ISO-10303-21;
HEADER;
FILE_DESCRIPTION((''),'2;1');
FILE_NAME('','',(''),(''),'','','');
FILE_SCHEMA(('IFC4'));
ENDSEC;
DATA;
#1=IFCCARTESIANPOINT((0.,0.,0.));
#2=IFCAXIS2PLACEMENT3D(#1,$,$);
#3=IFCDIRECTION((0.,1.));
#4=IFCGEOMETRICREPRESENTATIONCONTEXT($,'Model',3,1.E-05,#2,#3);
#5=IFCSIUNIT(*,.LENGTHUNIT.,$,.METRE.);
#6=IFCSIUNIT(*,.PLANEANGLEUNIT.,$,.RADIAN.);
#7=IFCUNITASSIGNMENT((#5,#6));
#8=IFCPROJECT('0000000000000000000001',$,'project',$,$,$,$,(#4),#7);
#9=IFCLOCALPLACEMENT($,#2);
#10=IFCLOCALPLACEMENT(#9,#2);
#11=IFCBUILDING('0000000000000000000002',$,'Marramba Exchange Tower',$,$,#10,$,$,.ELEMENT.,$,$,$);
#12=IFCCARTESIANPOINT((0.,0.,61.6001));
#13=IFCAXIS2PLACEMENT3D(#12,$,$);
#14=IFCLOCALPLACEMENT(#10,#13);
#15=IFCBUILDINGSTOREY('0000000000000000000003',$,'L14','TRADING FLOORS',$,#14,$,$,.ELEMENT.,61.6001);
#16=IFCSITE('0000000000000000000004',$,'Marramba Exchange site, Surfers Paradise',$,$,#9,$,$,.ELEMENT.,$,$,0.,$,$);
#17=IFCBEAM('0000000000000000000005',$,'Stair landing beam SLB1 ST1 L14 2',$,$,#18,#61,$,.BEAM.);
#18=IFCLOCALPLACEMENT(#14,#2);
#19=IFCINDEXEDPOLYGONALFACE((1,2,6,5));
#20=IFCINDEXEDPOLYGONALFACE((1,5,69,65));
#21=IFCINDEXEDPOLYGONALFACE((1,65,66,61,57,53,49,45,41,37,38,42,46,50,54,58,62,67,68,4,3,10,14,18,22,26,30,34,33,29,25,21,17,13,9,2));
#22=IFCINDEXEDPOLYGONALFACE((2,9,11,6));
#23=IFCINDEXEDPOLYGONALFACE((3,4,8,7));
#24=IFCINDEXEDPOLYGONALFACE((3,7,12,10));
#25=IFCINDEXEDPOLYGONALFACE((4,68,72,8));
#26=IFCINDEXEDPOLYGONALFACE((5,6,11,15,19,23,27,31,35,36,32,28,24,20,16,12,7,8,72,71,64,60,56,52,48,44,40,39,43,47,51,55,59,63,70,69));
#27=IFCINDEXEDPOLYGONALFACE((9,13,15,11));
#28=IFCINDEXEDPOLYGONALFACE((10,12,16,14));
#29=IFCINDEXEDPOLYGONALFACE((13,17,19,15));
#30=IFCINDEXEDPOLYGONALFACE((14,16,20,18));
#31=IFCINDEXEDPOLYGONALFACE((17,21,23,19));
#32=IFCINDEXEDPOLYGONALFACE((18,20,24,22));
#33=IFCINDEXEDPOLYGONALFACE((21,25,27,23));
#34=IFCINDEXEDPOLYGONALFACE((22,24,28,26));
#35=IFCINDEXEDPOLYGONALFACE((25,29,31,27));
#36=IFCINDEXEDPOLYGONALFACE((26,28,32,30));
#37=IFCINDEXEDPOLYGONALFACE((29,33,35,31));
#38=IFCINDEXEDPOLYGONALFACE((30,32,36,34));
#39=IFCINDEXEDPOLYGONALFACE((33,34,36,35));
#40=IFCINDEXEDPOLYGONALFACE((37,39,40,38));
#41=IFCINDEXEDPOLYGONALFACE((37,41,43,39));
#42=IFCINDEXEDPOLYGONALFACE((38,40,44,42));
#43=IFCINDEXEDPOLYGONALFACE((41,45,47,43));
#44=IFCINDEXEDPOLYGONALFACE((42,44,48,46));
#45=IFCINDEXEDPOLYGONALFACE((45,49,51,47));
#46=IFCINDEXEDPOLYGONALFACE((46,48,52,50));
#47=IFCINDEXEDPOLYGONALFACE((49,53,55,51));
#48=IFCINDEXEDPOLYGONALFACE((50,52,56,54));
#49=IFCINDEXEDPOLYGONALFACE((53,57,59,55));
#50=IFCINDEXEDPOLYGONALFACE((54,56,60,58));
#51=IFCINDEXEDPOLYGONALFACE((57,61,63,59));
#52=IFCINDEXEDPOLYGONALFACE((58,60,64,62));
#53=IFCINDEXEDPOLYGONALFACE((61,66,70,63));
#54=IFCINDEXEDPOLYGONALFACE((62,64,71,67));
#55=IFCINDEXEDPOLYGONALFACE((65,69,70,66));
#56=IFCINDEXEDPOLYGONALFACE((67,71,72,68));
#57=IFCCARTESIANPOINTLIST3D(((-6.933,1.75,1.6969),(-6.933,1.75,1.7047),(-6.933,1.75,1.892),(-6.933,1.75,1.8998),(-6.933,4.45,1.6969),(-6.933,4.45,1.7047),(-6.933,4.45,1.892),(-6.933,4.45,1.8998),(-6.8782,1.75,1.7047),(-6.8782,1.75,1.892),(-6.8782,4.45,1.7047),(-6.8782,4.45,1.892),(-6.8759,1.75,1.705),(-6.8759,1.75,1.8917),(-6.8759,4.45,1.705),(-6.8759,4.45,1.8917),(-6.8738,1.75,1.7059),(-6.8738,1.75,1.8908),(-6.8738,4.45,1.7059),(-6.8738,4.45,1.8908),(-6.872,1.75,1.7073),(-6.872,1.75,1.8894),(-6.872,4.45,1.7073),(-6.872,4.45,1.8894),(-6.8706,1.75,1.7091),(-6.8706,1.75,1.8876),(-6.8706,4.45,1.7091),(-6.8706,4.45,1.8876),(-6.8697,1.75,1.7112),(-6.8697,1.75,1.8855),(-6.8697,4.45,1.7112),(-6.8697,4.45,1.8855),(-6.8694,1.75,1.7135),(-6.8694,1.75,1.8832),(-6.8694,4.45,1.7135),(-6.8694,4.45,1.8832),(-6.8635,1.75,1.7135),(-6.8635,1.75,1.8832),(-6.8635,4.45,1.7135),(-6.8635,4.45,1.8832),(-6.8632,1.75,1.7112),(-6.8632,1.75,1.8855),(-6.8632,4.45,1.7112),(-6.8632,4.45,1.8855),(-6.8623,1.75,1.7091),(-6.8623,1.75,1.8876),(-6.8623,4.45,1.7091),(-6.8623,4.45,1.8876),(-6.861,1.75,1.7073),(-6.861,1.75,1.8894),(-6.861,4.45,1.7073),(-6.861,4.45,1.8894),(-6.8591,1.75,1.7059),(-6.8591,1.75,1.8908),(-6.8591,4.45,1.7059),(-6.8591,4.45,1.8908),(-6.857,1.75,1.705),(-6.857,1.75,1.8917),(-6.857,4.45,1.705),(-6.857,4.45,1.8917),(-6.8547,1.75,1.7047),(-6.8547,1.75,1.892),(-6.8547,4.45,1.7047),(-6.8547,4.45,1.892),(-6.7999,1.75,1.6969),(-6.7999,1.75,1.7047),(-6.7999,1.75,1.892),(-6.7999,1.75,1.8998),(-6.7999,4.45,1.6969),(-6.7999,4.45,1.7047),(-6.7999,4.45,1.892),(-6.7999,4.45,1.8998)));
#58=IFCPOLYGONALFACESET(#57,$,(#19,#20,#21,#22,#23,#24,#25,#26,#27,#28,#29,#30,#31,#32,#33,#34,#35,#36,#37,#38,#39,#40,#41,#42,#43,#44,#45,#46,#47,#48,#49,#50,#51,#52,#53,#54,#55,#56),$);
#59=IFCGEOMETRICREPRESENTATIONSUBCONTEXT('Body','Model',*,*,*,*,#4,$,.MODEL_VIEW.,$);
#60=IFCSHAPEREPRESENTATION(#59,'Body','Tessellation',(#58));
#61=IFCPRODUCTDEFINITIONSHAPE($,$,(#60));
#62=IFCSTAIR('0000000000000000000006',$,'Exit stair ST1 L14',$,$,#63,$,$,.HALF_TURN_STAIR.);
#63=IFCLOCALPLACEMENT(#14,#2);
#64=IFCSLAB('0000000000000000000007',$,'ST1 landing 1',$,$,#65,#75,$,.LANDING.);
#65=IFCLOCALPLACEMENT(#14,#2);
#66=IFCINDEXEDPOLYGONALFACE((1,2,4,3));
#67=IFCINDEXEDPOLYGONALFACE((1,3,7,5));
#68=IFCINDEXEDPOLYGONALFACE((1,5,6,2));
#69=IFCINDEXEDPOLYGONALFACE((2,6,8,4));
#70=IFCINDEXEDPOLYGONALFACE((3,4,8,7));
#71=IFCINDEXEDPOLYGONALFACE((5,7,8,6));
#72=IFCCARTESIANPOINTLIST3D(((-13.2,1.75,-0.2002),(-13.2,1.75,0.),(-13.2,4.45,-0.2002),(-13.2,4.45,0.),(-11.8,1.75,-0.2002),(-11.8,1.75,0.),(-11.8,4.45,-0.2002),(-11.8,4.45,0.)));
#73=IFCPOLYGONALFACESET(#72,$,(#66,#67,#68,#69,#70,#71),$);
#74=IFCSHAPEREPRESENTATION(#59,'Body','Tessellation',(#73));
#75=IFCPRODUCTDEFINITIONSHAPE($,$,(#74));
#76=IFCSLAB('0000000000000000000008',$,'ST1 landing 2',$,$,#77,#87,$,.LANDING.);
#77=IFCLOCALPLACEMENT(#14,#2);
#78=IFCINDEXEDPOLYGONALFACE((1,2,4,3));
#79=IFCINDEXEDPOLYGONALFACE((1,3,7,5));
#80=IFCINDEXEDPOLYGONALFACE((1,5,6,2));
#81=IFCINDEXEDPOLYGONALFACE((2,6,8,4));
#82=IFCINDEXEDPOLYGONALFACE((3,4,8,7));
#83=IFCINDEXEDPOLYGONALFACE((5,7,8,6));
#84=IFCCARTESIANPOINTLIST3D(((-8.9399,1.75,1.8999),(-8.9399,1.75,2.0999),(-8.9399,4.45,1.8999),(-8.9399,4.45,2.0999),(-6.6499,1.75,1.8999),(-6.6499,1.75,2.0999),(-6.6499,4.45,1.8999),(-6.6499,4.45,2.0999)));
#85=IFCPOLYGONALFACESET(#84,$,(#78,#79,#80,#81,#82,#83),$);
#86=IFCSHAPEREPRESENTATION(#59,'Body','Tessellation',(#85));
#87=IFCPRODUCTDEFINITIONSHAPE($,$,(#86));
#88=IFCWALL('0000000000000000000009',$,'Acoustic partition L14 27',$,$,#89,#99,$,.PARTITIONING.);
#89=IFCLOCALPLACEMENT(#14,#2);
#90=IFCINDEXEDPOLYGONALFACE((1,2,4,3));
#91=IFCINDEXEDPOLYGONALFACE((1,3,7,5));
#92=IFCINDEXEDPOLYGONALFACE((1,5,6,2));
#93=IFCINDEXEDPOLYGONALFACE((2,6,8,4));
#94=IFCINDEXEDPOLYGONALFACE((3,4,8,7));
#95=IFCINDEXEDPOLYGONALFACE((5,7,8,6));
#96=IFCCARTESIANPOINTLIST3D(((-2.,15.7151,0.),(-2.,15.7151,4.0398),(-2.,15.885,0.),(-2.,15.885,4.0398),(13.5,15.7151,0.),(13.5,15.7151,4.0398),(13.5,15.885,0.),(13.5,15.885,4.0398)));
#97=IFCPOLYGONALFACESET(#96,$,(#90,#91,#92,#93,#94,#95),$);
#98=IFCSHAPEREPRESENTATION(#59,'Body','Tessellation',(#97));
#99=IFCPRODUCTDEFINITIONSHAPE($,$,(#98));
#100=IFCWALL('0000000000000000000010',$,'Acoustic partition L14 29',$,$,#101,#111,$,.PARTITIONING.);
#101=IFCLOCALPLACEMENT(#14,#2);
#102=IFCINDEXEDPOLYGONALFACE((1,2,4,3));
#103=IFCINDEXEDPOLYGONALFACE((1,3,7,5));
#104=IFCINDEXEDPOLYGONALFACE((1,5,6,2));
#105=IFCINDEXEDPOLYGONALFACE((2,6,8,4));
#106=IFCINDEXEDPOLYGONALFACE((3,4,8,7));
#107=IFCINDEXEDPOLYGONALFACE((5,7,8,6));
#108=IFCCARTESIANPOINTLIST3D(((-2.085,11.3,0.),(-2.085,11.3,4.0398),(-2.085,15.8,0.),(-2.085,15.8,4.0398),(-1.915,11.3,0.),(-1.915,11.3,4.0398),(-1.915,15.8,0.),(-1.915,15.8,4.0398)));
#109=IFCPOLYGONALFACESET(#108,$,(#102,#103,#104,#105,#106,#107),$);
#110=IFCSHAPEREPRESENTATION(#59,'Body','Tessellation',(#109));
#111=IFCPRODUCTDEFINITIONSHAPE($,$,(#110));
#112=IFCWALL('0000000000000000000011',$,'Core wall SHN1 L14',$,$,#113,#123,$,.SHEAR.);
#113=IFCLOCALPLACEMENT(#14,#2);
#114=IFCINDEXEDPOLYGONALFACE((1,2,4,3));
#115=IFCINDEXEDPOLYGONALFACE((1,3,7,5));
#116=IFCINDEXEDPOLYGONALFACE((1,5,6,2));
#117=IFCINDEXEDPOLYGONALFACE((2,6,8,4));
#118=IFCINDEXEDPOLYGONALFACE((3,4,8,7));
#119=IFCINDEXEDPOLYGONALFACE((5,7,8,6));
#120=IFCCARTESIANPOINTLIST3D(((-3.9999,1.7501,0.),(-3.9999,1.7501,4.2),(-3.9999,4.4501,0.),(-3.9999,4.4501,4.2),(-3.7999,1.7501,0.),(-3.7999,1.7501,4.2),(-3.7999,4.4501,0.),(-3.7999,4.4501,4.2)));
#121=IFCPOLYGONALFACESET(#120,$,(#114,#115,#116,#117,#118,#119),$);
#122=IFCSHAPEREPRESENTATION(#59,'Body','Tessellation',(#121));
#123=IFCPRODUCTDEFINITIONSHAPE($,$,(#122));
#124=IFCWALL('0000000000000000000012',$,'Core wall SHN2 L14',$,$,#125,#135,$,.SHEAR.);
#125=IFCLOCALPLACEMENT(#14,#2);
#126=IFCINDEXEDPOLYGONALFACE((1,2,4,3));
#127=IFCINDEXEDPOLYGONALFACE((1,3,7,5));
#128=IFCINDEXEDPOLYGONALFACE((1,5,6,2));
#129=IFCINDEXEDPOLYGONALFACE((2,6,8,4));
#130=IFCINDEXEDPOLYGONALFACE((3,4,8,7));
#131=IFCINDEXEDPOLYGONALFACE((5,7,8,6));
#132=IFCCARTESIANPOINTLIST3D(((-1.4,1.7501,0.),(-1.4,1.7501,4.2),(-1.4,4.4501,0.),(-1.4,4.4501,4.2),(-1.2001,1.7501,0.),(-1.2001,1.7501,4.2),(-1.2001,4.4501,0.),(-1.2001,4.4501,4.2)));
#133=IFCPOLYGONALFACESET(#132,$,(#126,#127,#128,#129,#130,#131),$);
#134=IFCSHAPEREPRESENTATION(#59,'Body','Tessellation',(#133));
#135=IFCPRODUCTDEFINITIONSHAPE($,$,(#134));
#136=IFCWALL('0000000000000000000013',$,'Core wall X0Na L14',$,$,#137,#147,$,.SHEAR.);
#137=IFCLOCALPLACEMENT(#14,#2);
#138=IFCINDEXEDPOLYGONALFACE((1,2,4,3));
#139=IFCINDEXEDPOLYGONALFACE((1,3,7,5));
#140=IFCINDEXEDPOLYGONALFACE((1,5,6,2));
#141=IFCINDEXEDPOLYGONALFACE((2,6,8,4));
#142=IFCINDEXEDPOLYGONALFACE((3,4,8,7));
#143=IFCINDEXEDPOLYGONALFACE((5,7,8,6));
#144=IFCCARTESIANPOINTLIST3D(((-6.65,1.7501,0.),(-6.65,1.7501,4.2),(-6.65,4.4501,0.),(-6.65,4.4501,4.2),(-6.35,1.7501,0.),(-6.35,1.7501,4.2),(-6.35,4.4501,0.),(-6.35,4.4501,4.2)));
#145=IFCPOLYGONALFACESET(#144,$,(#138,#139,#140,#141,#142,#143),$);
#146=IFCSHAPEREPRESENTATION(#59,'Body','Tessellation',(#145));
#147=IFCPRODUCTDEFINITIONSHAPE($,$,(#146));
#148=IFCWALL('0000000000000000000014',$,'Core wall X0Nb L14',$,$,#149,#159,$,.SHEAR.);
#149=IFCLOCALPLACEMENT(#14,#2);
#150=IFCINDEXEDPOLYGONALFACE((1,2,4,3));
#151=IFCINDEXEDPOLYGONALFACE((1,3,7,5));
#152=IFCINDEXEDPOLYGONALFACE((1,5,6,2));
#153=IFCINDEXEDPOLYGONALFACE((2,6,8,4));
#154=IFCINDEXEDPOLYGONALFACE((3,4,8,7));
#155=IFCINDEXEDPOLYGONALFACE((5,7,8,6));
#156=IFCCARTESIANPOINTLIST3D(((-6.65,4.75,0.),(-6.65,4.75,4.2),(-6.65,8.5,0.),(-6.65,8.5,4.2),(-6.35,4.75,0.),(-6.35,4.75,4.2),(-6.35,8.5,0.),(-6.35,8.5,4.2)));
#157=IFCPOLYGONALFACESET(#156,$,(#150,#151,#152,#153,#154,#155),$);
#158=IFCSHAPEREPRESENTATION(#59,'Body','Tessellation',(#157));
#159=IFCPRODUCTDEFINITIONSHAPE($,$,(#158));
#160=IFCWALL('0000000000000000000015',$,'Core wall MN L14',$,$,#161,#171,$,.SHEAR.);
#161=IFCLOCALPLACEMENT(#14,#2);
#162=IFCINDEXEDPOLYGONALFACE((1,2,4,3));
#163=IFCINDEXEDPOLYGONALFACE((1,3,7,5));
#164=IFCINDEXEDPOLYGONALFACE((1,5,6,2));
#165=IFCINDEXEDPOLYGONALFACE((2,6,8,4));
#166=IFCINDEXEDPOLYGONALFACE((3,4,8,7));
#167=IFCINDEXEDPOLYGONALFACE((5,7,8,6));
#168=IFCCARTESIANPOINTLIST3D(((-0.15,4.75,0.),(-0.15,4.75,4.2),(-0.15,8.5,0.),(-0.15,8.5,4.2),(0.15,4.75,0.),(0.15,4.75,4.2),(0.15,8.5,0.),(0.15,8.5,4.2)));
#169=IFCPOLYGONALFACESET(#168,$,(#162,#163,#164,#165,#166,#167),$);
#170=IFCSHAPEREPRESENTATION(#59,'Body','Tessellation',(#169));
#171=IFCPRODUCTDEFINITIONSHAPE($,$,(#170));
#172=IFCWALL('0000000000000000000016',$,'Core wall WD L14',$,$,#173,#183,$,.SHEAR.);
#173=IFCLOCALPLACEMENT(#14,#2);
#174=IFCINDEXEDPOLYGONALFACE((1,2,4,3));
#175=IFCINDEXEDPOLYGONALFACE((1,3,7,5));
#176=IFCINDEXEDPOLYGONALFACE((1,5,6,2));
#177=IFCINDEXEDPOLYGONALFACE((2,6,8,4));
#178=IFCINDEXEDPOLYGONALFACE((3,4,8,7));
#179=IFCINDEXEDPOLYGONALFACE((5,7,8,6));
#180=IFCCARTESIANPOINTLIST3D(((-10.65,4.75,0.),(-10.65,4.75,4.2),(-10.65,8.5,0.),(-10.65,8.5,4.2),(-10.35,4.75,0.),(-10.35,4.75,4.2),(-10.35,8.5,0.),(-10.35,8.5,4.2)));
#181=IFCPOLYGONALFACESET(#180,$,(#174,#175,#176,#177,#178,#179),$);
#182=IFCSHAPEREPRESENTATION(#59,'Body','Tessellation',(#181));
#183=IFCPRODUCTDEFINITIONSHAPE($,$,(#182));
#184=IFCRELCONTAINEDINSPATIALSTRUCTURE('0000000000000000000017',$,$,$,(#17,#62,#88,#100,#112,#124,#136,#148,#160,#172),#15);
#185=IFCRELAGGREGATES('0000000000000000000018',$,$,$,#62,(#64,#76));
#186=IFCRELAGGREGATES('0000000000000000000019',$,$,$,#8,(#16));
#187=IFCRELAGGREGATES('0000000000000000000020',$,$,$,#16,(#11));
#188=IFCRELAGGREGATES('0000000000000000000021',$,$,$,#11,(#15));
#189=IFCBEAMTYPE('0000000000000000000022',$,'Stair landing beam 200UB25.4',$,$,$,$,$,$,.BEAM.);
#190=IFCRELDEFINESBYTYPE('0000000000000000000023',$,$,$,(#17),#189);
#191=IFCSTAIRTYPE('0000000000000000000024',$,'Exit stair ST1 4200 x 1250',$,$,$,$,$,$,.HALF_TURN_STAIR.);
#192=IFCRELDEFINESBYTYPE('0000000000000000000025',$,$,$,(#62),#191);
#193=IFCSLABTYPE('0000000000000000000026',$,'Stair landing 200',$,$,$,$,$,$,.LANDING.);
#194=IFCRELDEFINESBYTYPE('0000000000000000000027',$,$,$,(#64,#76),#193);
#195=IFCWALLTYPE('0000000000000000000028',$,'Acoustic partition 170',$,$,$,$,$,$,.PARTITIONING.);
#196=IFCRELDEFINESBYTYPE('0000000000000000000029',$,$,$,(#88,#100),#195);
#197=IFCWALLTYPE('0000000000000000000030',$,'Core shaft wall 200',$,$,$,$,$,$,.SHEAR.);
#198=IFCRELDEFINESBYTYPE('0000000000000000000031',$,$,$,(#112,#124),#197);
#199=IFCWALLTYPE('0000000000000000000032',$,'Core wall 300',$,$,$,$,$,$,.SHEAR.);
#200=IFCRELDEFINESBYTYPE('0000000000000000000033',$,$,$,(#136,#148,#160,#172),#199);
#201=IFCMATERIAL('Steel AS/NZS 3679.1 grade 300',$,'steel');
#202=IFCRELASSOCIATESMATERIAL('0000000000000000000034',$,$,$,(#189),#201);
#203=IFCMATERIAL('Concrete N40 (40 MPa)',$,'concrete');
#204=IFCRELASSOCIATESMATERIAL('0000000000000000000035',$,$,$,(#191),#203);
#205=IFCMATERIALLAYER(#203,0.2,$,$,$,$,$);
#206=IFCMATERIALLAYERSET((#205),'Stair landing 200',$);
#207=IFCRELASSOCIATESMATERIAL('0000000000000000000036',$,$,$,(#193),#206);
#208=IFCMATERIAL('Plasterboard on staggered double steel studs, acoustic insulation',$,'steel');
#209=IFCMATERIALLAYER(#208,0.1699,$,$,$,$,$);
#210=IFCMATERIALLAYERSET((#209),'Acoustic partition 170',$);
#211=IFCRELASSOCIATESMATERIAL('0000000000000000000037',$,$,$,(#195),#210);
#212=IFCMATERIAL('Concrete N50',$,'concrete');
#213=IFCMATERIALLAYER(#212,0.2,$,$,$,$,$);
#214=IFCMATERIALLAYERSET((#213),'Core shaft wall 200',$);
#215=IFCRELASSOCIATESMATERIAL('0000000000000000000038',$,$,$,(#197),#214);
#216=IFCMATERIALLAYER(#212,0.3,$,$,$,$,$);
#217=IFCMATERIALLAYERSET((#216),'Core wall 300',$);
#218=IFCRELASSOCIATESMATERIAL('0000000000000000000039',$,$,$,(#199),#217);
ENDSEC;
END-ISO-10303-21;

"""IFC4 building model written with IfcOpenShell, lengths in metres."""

from ifc_helpers import new_model, si_unit, direction, frame, frame_2d, origin, origin_2d, place, context, subcontext, project, spatial, polyline, rectangle, i_section, outline, extrude, material, layer, layer_set, material_profile, profile_set, type_object, element, aggregate, save


model = new_model("IFC4")

# Units and contexts
model_context = context("Model", 3, precision=1e-05, world=origin(), true_north=direction((0.0, 1.0)))
body_context = subcontext(model_context, "Body", "Model", "MODEL_VIEW")
ifc_project = project(units=[si_unit("LENGTHUNIT", "METRE"), si_unit("PLANEANGLEUNIT", "RADIAN")], contexts=[model_context])

# Site, building, storey
site_placement = place(None, origin())
site = spatial("IfcSite", under=ifc_project, at=site_placement, Name="Marramba Exchange site, Surfers Paradise", CompositionType="ELEMENT", RefElevation=0.0)
building_placement = place(site_placement, origin())
building = spatial("IfcBuilding", under=site, at=building_placement, Name="Marramba Exchange Tower", CompositionType="ELEMENT")
storey_placement = place(building_placement, frame((0.0, 0.0, 61.6001)))
storey = spatial("IfcBuildingStorey", under=building, at=storey_placement, Name="L14", Description="TRADING FLOORS", CompositionType="ELEMENT", Elevation=61.6001)

# Beam
ifc_material_1 = material(Name="Steel AS/NZS 3679.1 grade 300", Category="steel")
ifc_material_profile_1 = material_profile(ifc_material_1, i_section(OverallWidth=0.1331, OverallDepth=0.2029, WebThickness=0.0059, FlangeThickness=0.0078, FilletRadius=0.0088, at=origin_2d()), Name="200UB25.4")
ifc_profile_set_1 = profile_set([ifc_material_profile_1], Name="Steel AS/NZS 3679.1 grade 300")
beam_type_1 = type_object("IfcBeamType", Name="Stair landing beam 200UB25.4", PredefinedType="BEAM", material=ifc_profile_set_1)
for number, where, z_axis, x_axis, name in (
    (1, (-6.8665, 1.75, 1.7983), (0.0, 1.0, 0.0), (-1.0, 0.0, 0.0), "Stair landing beam SLB1 ST1 L14 2"),
):
    element("IfcBeam", number, at=place(storey_placement, frame(where, z_axis=z_axis, x_axis=x_axis)), inside=storey, type_object=beam_type_1, Name=name, PredefinedType="BEAM", context=body_context, shape_type="SweptSolid", body=[
        extrude(i_section(OverallWidth=0.1331, OverallDepth=0.2029, WebThickness=0.0059, FlangeThickness=0.0078, FilletRadius=0.0088, at=origin_2d()), origin(), (0.0, 0.0, 1.0), 2.7),
    ])

# Stair, slabs
ifc_material_2 = material(Name="Concrete N40 (40 MPa)", Category="concrete")
stair_type = type_object("IfcStairType", Name="Exit stair ST1 4200 x 1250", PredefinedType="HALF_TURN_STAIR", material=ifc_material_2)
stair_placement = place(storey_placement, origin())
stair = element("IfcStair", 2, at=stair_placement, inside=storey, type_object=stair_type, Name="Exit stair ST1 L14", PredefinedType="HALF_TURN_STAIR")
ifc_layer_1 = layer(ifc_material_2, 0.2)
ifc_layer_set_1 = layer_set([ifc_layer_1], Name="Stair landing 200")
slab_type_1 = type_object("IfcSlabType", Name="Stair landing 200", PredefinedType="LANDING", material=ifc_layer_set_1)
slab_1_placement = place(storey_placement, frame((0.0, 0.0, -0.2002)))
slab_1 = element("IfcSlab", 3, at=slab_1_placement, type_object=slab_type_1, Name="ST1 landing 1", PredefinedType="LANDING", context=body_context, shape_type="SweptSolid", body=[
    extrude(outline(polyline([(-13.2, 1.75), (-11.8, 1.75), (-11.8, 4.45), (-13.2, 4.45), (-13.2, 1.75)])), origin(), (0.0, 0.0, 1.0), 0.2002),
])
slab_2_placement = place(storey_placement, frame((0.0, 0.0, 1.8999)))
slab_2 = element("IfcSlab", 4, at=slab_2_placement, type_object=slab_type_1, Name="ST1 landing 2", PredefinedType="LANDING", context=body_context, shape_type="SweptSolid", body=[
    extrude(outline(polyline([(-8.9399, 1.75), (-6.6499, 1.75), (-6.6499, 4.45), (-8.9399, 4.45), (-8.9399, 1.75)])), origin(), (0.0, 0.0, 1.0), 0.2),
])

# Walls
ifc_material_3 = material(Name="Plasterboard on staggered double steel studs, acoustic insulation", Category="steel")
ifc_layer_2 = layer(ifc_material_3, 0.1699)
ifc_layer_set_2 = layer_set([ifc_layer_2], Name="Acoustic partition 170")
wall_type_1 = type_object("IfcWallType", Name="Acoustic partition 170", PredefinedType="PARTITIONING", material=ifc_layer_set_2)
wall_1_placement = place(storey_placement, frame((-2.0, 15.8, 0.0), z_axis=(0.0, 0.0, 1.0), x_axis=(1.0, 0.0, 0.0)))
element("IfcWall", 5, at=wall_1_placement, inside=storey, type_object=wall_type_1, Name="Acoustic partition L14 27", PredefinedType="PARTITIONING", context=body_context, shape_type="SweptSolid", body=[
    extrude(rectangle(XDim=15.5, YDim=0.1699, at=frame_2d((7.75, 0.0))), origin(), (0.0, 0.0, 1.0), 4.0398),
])
wall_2_placement = place(storey_placement, frame((-2.0, 11.3, 0.0), z_axis=(0.0, 0.0, 1.0), x_axis=(0.0, 1.0, 0.0)))
element("IfcWall", 6, at=wall_2_placement, inside=storey, type_object=wall_type_1, Name="Acoustic partition L14 29", PredefinedType="PARTITIONING", context=body_context, shape_type="SweptSolid", body=[
    extrude(rectangle(XDim=4.5, YDim=0.1699, at=frame_2d((2.25, 0.0))), origin(), (0.0, 0.0, 1.0), 4.0398),
])
ifc_material_4 = material(Name="Concrete N50", Category="concrete")
ifc_layer_3 = layer(ifc_material_4, 0.2)
ifc_layer_set_3 = layer_set([ifc_layer_3], Name="Core shaft wall 200")
wall_type_2 = type_object("IfcWallType", Name="Core shaft wall 200", PredefinedType="SHEAR", material=ifc_layer_set_3)
for number, where, z_axis, x_axis, name in (
    (7, (-3.8999, 1.75, 0.0), (0.0, 0.0, 1.0), (0.0, 1.0, 0.0), "Core wall SHN1 L14"),
    (8, (-1.3, 1.75, 0.0), (0.0, 0.0, 1.0), (0.0, 1.0, 0.0), "Core wall SHN2 L14"),
):
    element("IfcWall", number, at=place(storey_placement, frame(where, z_axis=z_axis, x_axis=x_axis)), inside=storey, type_object=wall_type_2, Name=name, PredefinedType="SHEAR", context=body_context, shape_type="SweptSolid", body=[
        extrude(rectangle(XDim=2.7, YDim=0.2, at=frame_2d((1.3501, 0.0))), origin(), (0.0, 0.0, 1.0), 4.2),
    ])
ifc_layer_4 = layer(ifc_material_4, 0.3)
ifc_layer_set_4 = layer_set([ifc_layer_4], Name="Core wall 300")
wall_type_3 = type_object("IfcWallType", Name="Core wall 300", PredefinedType="SHEAR", material=ifc_layer_set_4)
wall_3_placement = place(storey_placement, frame((-6.5, 1.75, 0.0), z_axis=(0.0, 0.0, 1.0), x_axis=(0.0, 1.0, 0.0)))
element("IfcWall", 9, at=wall_3_placement, inside=storey, type_object=wall_type_3, Name="Core wall X0Na L14", PredefinedType="SHEAR", context=body_context, shape_type="SweptSolid", body=[
    extrude(rectangle(XDim=2.7, YDim=0.3, at=frame_2d((1.3501, 0.0))), origin(), (0.0, 0.0, 1.0), 4.2),
])
for number, where, z_axis, x_axis, name in (
    (10, (-6.5, 4.75, 0.0), (0.0, 0.0, 1.0), (0.0, 1.0, 0.0), "Core wall X0Nb L14"),
    (11, (0.0, 4.75, 0.0), (0.0, 0.0, 1.0), (0.0, 1.0, 0.0), "Core wall MN L14"),
    (12, (-10.5, 4.75, 0.0), (0.0, 0.0, 1.0), (0.0, 1.0, 0.0), "Core wall WD L14"),
):
    element("IfcWall", number, at=place(storey_placement, frame(where, z_axis=z_axis, x_axis=x_axis)), inside=storey, type_object=wall_type_3, Name=name, PredefinedType="SHEAR", context=body_context, shape_type="SweptSolid", body=[
        extrude(rectangle(XDim=3.75, YDim=0.3, at=frame_2d((1.875, 0.0))), origin(), (0.0, 0.0, 1.0), 4.2),
    ])

aggregate(stair, [slab_1, slab_2])

save(model, "model.ifc")
